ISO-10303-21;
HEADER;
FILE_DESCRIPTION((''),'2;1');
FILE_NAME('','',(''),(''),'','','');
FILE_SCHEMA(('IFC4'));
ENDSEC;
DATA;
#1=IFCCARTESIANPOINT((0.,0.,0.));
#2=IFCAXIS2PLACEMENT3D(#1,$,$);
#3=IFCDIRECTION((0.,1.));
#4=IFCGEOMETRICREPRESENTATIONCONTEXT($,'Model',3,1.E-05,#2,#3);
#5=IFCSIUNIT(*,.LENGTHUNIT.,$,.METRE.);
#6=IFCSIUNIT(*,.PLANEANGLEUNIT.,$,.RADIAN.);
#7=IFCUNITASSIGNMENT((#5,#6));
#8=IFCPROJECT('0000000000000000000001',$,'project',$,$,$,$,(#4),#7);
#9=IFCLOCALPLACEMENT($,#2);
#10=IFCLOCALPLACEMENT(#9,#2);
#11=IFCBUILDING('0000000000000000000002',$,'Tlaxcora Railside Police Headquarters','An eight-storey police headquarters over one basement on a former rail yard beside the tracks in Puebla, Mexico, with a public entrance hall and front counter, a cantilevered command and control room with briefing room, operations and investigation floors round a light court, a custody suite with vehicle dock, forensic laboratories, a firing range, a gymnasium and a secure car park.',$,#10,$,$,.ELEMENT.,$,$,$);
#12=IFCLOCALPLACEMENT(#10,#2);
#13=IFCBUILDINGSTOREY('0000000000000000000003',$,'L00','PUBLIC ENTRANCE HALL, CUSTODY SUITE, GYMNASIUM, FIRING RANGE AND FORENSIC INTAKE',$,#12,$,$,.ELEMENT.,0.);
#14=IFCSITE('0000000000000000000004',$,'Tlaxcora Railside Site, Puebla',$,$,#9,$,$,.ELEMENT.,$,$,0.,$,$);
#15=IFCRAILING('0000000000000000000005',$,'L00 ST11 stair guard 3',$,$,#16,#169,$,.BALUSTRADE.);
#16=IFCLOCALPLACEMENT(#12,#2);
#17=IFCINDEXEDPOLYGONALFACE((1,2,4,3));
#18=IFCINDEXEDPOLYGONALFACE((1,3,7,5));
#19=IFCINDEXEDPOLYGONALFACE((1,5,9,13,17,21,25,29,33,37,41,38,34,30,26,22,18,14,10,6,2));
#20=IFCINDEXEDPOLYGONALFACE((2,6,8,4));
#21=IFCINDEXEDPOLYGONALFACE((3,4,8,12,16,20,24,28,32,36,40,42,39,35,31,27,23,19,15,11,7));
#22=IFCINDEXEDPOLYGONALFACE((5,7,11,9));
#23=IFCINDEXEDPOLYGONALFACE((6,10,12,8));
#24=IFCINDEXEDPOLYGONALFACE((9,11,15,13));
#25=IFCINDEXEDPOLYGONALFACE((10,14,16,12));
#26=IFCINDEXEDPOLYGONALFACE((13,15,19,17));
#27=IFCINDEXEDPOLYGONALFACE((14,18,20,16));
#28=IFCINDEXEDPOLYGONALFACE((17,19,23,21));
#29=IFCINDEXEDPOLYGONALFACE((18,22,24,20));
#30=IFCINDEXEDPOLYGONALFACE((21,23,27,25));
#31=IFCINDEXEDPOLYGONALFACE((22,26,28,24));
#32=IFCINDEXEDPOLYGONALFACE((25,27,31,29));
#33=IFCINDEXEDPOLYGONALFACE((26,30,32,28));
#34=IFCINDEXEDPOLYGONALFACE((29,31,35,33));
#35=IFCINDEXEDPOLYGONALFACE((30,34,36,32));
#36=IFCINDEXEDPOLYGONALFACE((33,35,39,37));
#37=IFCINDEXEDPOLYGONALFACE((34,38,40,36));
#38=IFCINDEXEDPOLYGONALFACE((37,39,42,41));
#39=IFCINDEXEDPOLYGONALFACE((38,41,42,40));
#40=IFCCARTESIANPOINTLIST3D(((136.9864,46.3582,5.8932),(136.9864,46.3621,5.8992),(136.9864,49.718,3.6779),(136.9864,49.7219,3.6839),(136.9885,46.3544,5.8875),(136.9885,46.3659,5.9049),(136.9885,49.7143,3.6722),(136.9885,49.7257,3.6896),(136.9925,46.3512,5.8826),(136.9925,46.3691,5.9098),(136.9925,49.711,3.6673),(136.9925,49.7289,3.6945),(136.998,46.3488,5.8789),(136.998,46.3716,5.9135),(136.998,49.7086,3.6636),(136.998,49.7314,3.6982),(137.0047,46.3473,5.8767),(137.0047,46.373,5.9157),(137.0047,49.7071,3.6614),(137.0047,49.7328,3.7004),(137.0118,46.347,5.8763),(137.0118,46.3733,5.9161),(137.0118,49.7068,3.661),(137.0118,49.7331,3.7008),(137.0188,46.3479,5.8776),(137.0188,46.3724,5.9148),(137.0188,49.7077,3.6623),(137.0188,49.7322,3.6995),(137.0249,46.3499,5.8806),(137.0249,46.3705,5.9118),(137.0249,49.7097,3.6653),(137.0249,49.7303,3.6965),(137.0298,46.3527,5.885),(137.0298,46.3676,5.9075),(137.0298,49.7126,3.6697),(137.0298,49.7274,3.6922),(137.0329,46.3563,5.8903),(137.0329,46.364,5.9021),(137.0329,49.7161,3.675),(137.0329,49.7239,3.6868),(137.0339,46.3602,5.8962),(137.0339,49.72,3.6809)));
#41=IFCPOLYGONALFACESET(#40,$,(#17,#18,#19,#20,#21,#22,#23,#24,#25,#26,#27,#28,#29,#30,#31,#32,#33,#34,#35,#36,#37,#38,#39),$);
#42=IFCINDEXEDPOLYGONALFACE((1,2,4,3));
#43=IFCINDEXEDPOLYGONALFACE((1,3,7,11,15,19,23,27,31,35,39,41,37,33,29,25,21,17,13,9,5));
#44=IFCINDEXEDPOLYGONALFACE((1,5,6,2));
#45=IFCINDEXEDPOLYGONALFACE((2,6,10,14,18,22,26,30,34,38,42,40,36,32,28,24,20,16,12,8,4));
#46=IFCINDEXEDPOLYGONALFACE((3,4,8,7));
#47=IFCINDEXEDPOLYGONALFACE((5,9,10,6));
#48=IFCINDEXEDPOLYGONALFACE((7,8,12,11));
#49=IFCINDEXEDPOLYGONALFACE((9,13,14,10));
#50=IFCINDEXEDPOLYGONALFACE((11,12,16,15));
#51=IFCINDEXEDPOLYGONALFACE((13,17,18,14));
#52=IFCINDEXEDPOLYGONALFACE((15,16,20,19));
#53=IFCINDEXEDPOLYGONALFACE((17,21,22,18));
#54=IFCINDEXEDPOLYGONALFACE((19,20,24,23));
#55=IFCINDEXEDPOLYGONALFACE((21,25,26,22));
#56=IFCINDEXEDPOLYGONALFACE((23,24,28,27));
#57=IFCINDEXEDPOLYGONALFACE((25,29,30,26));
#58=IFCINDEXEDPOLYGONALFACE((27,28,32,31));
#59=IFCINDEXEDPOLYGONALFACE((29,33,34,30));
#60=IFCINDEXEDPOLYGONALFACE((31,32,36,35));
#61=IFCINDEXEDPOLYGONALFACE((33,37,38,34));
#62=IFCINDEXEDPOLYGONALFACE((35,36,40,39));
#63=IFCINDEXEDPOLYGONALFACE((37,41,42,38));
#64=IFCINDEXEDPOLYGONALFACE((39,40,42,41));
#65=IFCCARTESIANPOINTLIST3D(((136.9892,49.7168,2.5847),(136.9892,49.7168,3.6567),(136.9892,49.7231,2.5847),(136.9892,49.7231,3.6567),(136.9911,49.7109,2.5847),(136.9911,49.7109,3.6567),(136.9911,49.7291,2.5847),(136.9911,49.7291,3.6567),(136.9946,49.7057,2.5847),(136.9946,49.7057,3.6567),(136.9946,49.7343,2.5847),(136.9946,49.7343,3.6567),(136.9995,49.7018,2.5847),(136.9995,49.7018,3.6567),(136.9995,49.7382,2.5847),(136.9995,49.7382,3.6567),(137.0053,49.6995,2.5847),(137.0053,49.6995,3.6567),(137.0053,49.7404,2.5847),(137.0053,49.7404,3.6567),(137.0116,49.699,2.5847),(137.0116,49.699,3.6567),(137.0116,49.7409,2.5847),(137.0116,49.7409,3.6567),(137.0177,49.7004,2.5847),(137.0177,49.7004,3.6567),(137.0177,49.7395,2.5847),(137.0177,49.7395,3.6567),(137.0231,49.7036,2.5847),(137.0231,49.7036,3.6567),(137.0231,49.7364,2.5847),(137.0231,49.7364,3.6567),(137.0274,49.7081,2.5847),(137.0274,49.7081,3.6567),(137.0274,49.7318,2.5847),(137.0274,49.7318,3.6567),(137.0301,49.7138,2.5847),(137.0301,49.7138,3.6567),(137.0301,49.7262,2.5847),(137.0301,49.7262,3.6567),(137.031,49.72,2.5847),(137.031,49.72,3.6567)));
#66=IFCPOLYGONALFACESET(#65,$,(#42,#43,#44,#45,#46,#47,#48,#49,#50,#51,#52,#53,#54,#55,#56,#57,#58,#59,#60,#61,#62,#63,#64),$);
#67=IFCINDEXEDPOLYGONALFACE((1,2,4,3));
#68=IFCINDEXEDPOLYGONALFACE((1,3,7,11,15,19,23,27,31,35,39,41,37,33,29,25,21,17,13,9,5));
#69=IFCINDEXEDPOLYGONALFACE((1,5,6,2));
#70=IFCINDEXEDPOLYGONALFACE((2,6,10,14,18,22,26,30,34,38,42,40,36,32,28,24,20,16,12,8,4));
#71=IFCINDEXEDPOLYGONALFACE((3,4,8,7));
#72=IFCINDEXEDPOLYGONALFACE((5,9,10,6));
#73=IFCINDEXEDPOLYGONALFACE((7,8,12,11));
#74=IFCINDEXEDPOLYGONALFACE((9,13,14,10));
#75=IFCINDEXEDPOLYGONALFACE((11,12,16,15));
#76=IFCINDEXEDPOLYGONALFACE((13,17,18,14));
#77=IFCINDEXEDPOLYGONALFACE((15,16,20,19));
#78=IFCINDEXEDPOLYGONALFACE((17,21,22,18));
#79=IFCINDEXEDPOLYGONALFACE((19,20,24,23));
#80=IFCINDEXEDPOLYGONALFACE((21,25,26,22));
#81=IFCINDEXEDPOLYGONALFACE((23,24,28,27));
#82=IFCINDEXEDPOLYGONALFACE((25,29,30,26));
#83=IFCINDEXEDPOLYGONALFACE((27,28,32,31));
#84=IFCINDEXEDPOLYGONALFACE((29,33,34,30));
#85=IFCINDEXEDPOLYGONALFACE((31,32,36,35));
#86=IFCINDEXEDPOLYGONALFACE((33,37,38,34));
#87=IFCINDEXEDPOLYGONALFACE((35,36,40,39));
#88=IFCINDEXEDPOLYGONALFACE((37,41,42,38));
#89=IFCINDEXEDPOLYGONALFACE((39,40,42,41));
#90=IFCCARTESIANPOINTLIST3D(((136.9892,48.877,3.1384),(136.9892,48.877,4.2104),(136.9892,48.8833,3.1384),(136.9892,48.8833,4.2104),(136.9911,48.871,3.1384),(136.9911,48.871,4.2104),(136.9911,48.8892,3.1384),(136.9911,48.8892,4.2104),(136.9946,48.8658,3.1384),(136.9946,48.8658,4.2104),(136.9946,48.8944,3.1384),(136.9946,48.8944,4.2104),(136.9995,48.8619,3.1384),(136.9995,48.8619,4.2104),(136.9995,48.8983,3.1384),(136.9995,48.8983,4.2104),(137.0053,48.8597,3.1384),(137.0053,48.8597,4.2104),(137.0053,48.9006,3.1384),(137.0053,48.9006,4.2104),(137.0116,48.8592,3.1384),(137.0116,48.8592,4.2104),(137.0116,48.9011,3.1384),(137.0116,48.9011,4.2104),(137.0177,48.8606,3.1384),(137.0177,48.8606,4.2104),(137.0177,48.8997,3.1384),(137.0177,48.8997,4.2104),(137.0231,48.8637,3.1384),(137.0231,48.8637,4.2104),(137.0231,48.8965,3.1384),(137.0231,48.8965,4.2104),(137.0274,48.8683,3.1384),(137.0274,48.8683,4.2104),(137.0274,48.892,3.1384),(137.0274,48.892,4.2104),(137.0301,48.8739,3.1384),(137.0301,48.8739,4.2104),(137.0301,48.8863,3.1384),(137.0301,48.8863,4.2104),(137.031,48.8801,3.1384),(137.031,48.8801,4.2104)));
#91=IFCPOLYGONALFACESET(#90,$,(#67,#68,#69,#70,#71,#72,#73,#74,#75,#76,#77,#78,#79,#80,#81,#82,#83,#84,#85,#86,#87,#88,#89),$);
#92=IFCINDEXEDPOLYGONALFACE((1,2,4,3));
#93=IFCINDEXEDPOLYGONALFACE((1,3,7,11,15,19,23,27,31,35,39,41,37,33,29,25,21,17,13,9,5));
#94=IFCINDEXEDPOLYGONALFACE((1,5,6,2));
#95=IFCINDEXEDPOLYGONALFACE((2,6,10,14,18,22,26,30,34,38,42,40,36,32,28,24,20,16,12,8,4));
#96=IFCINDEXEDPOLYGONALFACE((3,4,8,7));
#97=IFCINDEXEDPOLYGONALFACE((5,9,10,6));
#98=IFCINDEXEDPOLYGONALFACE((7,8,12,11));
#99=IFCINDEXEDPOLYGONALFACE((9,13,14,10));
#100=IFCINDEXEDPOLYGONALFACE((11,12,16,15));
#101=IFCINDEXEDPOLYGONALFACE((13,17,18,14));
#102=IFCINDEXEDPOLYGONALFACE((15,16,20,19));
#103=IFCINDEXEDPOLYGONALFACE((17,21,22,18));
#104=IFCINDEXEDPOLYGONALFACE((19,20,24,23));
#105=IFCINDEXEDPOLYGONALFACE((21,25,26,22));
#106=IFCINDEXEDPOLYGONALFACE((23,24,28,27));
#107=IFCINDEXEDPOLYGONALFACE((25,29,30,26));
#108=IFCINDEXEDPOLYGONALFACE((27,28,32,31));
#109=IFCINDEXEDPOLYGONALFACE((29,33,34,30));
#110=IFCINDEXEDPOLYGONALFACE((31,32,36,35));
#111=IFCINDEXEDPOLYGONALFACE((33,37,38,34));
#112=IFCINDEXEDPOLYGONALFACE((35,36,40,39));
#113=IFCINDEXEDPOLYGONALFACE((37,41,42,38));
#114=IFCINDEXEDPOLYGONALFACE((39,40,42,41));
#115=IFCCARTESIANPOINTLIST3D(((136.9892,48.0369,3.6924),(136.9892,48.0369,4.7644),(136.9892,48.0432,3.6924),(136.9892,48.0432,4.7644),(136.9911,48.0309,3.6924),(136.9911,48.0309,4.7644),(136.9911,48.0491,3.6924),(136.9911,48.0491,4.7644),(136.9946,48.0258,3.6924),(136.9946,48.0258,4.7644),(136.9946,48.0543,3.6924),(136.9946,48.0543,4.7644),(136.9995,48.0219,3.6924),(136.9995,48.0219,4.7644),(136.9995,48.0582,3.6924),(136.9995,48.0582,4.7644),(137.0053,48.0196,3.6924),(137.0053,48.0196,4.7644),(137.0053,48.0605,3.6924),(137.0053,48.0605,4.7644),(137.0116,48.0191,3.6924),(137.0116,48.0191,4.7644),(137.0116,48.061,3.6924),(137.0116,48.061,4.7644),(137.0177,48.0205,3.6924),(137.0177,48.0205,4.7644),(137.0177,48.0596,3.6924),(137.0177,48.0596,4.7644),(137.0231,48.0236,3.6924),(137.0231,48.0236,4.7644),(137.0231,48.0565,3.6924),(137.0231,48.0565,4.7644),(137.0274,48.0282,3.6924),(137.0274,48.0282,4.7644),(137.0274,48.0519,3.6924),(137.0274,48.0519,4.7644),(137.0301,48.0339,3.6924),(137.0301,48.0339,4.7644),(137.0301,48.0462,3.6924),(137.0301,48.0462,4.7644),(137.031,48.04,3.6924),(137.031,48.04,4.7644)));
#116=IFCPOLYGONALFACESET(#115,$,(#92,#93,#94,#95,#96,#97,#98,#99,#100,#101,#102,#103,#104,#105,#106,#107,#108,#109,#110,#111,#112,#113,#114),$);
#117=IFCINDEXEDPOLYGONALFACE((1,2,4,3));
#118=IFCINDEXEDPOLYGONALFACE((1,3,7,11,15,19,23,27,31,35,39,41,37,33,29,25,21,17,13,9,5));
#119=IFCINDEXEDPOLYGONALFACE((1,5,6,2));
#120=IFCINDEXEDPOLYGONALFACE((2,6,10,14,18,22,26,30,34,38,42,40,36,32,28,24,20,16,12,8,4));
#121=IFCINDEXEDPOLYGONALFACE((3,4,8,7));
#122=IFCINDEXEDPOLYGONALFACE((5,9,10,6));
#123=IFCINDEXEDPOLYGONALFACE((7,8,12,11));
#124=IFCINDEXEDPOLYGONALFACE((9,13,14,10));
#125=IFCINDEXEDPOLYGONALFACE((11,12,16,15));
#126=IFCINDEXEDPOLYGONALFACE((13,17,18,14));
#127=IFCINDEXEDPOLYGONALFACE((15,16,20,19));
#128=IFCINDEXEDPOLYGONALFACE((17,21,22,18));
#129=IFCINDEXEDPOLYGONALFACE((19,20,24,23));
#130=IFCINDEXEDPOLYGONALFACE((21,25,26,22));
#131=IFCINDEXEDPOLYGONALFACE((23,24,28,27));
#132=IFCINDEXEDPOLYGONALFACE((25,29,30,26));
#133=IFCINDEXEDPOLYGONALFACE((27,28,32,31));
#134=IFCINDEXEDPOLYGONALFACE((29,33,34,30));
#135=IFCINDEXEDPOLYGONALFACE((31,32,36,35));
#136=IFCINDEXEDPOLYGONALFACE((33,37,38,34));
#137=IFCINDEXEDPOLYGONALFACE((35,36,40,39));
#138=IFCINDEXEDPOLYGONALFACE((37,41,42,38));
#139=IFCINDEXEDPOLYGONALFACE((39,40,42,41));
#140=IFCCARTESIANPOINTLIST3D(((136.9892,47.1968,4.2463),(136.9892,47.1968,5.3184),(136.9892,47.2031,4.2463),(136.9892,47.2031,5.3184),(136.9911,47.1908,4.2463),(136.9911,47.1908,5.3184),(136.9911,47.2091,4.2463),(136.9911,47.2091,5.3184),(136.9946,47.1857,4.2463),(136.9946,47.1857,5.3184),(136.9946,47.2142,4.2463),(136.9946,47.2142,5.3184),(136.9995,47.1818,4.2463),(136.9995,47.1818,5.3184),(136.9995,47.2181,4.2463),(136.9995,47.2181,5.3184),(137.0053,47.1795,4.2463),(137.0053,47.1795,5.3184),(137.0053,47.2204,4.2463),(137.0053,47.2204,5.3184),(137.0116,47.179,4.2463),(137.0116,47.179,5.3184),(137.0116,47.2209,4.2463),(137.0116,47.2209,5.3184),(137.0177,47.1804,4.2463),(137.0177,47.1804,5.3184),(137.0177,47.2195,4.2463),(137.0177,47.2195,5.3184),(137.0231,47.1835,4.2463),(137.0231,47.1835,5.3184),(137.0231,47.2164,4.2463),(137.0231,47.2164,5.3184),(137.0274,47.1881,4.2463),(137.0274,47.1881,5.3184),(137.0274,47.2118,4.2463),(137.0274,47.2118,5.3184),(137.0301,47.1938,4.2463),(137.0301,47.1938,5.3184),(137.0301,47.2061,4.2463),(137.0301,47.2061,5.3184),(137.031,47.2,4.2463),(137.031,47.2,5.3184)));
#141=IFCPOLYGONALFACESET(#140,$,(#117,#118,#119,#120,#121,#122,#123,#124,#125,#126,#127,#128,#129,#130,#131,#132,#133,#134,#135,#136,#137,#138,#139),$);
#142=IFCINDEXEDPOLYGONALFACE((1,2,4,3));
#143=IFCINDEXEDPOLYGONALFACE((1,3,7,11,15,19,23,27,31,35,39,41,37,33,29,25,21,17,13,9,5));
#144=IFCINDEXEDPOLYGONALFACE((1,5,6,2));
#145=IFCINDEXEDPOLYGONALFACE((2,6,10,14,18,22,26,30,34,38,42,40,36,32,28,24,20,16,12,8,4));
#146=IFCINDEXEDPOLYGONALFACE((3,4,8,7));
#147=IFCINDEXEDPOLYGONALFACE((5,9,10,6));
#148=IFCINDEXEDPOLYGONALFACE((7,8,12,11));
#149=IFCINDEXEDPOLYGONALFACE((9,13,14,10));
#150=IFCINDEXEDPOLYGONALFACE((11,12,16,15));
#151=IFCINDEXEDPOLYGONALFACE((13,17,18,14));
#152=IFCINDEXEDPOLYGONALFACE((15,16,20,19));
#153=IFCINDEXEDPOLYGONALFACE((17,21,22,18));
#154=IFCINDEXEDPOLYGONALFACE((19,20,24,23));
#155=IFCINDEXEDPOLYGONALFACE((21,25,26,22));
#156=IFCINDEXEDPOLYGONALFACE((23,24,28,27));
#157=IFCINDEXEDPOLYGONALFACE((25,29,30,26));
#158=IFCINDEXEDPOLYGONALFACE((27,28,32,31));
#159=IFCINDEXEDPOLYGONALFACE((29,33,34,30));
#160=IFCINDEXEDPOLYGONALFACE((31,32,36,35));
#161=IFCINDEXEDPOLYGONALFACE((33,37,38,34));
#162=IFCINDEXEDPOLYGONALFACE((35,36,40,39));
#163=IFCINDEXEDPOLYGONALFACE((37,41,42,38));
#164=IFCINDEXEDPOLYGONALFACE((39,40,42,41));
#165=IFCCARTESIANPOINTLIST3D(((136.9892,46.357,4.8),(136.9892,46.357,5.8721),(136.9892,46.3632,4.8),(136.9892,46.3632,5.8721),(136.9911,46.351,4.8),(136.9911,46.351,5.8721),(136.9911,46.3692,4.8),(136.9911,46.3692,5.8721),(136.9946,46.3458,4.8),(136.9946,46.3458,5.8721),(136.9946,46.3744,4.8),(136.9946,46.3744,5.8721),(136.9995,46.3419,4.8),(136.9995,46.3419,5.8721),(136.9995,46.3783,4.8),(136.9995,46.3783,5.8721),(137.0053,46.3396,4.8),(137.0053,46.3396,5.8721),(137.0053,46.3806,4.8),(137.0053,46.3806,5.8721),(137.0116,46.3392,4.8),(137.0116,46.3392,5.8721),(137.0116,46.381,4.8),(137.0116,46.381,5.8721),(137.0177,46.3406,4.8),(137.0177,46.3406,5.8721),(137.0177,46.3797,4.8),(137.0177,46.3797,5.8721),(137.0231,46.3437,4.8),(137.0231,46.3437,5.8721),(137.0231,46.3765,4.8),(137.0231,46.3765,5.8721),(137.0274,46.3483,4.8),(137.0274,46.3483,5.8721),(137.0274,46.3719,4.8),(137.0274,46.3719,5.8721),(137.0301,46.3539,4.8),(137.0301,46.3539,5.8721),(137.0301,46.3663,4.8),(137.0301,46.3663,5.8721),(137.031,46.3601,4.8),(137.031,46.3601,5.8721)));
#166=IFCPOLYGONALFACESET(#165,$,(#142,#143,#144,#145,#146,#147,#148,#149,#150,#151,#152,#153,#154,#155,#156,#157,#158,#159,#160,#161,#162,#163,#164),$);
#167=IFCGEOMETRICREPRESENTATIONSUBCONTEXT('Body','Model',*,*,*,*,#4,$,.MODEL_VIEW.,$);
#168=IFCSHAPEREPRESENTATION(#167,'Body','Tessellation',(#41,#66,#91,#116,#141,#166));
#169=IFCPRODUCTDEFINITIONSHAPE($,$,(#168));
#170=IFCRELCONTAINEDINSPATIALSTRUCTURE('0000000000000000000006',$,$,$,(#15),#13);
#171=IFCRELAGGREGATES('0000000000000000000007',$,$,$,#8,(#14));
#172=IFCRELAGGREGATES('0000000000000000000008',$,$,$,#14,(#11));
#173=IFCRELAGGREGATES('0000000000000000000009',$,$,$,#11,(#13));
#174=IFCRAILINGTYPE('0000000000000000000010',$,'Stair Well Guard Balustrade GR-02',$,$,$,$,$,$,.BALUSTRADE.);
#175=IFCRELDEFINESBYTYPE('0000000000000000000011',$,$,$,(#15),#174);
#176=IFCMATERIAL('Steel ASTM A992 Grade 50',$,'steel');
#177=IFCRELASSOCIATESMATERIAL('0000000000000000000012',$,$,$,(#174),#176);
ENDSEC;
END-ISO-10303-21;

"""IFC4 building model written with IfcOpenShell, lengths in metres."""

from ifc_helpers import new_model, si_unit, direction, frame, origin, origin_2d, place, context, subcontext, project, spatial, circle, extrude, material, type_object, element, save


model = new_model("IFC4")

# Units and contexts
model_context = context("Model", 3, precision=1e-05, world=origin(), true_north=direction((0.0, 1.0)))
body_context = subcontext(model_context, "Body", "Model", "MODEL_VIEW")
ifc_project = project(units=[si_unit("LENGTHUNIT", "METRE"), si_unit("PLANEANGLEUNIT", "RADIAN")], contexts=[model_context])

# Site, building, storey
site_placement = place(None, origin())
site = spatial("IfcSite", under=ifc_project, at=site_placement, Name="Tlaxcora Railside Site, Puebla", CompositionType="ELEMENT", RefElevation=0.0)
building_placement = place(site_placement, origin())
building = spatial("IfcBuilding", under=site, at=building_placement, Name="Tlaxcora Railside Police Headquarters", Description="An eight-storey police headquarters over one basement on a former rail yard beside the tracks in Puebla, Mexico, with a public entrance hall and front counter, a cantilevered command and control room with briefing room, operations and investigation floors round a light court, a custody suite with vehicle dock, forensic laboratories, a firing range, a gymnasium and a secure car park.", CompositionType="ELEMENT")
storey_placement = place(building_placement, origin())
storey = spatial("IfcBuildingStorey", under=building, at=storey_placement, Name="L00", Description="PUBLIC ENTRANCE HALL, CUSTODY SUITE, GYMNASIUM, FIRING RANGE AND FORENSIC INTAKE", CompositionType="ELEMENT", Elevation=0.0)

# Shared definitions
ifc_material_1 = material(Name="Steel ASTM A992 Grade 50", Category="steel")

# Railing
railing_type_1 = type_object("IfcRailingType", Name="Stair Well Guard Balustrade GR-02", PredefinedType="BALUSTRADE", material=ifc_material_1)
railing_1_placement = place(storey_placement, frame((137.01, 49.72, 2.5847)))
element("IfcRailing", 1, at=railing_1_placement, inside=storey, type_object=railing_type_1, Name="L00 ST11 stair guard 3", PredefinedType="BALUSTRADE", context=body_context, shape_type="SweptSolid", body=[
    extrude(circle(Radius=0.0239, at=origin_2d()), frame((0.0, 0.0, 1.0962), z_axis=(0.0, -0.834858, 0.550465), x_axis=(1.0, 0.0, 0.0)), (0.0, 0.0, 1.0), 4.0244),
    extrude(circle(Radius=0.021, at=origin_2d()), origin(), (0.0, 0.0, 1.0), 1.072),
    extrude(circle(Radius=0.021, at=origin_2d()), frame((0.0, -0.8398, 0.5537)), (0.0, 0.0, 1.0), 1.072),
    extrude(circle(Radius=0.021, at=origin_2d()), frame((0.0, -1.6799, 1.1077)), (0.0, 0.0, 1.0), 1.072),
    extrude(circle(Radius=0.021, at=origin_2d()), frame((0.0, -2.52, 1.6616)), (0.0, 0.0, 1.0), 1.072),
    extrude(circle(Radius=0.021, at=origin_2d()), frame((0.0, -3.3599, 2.2153)), (0.0, 0.0, 1.0), 1.072),
])

save(model, "model.ifc")
